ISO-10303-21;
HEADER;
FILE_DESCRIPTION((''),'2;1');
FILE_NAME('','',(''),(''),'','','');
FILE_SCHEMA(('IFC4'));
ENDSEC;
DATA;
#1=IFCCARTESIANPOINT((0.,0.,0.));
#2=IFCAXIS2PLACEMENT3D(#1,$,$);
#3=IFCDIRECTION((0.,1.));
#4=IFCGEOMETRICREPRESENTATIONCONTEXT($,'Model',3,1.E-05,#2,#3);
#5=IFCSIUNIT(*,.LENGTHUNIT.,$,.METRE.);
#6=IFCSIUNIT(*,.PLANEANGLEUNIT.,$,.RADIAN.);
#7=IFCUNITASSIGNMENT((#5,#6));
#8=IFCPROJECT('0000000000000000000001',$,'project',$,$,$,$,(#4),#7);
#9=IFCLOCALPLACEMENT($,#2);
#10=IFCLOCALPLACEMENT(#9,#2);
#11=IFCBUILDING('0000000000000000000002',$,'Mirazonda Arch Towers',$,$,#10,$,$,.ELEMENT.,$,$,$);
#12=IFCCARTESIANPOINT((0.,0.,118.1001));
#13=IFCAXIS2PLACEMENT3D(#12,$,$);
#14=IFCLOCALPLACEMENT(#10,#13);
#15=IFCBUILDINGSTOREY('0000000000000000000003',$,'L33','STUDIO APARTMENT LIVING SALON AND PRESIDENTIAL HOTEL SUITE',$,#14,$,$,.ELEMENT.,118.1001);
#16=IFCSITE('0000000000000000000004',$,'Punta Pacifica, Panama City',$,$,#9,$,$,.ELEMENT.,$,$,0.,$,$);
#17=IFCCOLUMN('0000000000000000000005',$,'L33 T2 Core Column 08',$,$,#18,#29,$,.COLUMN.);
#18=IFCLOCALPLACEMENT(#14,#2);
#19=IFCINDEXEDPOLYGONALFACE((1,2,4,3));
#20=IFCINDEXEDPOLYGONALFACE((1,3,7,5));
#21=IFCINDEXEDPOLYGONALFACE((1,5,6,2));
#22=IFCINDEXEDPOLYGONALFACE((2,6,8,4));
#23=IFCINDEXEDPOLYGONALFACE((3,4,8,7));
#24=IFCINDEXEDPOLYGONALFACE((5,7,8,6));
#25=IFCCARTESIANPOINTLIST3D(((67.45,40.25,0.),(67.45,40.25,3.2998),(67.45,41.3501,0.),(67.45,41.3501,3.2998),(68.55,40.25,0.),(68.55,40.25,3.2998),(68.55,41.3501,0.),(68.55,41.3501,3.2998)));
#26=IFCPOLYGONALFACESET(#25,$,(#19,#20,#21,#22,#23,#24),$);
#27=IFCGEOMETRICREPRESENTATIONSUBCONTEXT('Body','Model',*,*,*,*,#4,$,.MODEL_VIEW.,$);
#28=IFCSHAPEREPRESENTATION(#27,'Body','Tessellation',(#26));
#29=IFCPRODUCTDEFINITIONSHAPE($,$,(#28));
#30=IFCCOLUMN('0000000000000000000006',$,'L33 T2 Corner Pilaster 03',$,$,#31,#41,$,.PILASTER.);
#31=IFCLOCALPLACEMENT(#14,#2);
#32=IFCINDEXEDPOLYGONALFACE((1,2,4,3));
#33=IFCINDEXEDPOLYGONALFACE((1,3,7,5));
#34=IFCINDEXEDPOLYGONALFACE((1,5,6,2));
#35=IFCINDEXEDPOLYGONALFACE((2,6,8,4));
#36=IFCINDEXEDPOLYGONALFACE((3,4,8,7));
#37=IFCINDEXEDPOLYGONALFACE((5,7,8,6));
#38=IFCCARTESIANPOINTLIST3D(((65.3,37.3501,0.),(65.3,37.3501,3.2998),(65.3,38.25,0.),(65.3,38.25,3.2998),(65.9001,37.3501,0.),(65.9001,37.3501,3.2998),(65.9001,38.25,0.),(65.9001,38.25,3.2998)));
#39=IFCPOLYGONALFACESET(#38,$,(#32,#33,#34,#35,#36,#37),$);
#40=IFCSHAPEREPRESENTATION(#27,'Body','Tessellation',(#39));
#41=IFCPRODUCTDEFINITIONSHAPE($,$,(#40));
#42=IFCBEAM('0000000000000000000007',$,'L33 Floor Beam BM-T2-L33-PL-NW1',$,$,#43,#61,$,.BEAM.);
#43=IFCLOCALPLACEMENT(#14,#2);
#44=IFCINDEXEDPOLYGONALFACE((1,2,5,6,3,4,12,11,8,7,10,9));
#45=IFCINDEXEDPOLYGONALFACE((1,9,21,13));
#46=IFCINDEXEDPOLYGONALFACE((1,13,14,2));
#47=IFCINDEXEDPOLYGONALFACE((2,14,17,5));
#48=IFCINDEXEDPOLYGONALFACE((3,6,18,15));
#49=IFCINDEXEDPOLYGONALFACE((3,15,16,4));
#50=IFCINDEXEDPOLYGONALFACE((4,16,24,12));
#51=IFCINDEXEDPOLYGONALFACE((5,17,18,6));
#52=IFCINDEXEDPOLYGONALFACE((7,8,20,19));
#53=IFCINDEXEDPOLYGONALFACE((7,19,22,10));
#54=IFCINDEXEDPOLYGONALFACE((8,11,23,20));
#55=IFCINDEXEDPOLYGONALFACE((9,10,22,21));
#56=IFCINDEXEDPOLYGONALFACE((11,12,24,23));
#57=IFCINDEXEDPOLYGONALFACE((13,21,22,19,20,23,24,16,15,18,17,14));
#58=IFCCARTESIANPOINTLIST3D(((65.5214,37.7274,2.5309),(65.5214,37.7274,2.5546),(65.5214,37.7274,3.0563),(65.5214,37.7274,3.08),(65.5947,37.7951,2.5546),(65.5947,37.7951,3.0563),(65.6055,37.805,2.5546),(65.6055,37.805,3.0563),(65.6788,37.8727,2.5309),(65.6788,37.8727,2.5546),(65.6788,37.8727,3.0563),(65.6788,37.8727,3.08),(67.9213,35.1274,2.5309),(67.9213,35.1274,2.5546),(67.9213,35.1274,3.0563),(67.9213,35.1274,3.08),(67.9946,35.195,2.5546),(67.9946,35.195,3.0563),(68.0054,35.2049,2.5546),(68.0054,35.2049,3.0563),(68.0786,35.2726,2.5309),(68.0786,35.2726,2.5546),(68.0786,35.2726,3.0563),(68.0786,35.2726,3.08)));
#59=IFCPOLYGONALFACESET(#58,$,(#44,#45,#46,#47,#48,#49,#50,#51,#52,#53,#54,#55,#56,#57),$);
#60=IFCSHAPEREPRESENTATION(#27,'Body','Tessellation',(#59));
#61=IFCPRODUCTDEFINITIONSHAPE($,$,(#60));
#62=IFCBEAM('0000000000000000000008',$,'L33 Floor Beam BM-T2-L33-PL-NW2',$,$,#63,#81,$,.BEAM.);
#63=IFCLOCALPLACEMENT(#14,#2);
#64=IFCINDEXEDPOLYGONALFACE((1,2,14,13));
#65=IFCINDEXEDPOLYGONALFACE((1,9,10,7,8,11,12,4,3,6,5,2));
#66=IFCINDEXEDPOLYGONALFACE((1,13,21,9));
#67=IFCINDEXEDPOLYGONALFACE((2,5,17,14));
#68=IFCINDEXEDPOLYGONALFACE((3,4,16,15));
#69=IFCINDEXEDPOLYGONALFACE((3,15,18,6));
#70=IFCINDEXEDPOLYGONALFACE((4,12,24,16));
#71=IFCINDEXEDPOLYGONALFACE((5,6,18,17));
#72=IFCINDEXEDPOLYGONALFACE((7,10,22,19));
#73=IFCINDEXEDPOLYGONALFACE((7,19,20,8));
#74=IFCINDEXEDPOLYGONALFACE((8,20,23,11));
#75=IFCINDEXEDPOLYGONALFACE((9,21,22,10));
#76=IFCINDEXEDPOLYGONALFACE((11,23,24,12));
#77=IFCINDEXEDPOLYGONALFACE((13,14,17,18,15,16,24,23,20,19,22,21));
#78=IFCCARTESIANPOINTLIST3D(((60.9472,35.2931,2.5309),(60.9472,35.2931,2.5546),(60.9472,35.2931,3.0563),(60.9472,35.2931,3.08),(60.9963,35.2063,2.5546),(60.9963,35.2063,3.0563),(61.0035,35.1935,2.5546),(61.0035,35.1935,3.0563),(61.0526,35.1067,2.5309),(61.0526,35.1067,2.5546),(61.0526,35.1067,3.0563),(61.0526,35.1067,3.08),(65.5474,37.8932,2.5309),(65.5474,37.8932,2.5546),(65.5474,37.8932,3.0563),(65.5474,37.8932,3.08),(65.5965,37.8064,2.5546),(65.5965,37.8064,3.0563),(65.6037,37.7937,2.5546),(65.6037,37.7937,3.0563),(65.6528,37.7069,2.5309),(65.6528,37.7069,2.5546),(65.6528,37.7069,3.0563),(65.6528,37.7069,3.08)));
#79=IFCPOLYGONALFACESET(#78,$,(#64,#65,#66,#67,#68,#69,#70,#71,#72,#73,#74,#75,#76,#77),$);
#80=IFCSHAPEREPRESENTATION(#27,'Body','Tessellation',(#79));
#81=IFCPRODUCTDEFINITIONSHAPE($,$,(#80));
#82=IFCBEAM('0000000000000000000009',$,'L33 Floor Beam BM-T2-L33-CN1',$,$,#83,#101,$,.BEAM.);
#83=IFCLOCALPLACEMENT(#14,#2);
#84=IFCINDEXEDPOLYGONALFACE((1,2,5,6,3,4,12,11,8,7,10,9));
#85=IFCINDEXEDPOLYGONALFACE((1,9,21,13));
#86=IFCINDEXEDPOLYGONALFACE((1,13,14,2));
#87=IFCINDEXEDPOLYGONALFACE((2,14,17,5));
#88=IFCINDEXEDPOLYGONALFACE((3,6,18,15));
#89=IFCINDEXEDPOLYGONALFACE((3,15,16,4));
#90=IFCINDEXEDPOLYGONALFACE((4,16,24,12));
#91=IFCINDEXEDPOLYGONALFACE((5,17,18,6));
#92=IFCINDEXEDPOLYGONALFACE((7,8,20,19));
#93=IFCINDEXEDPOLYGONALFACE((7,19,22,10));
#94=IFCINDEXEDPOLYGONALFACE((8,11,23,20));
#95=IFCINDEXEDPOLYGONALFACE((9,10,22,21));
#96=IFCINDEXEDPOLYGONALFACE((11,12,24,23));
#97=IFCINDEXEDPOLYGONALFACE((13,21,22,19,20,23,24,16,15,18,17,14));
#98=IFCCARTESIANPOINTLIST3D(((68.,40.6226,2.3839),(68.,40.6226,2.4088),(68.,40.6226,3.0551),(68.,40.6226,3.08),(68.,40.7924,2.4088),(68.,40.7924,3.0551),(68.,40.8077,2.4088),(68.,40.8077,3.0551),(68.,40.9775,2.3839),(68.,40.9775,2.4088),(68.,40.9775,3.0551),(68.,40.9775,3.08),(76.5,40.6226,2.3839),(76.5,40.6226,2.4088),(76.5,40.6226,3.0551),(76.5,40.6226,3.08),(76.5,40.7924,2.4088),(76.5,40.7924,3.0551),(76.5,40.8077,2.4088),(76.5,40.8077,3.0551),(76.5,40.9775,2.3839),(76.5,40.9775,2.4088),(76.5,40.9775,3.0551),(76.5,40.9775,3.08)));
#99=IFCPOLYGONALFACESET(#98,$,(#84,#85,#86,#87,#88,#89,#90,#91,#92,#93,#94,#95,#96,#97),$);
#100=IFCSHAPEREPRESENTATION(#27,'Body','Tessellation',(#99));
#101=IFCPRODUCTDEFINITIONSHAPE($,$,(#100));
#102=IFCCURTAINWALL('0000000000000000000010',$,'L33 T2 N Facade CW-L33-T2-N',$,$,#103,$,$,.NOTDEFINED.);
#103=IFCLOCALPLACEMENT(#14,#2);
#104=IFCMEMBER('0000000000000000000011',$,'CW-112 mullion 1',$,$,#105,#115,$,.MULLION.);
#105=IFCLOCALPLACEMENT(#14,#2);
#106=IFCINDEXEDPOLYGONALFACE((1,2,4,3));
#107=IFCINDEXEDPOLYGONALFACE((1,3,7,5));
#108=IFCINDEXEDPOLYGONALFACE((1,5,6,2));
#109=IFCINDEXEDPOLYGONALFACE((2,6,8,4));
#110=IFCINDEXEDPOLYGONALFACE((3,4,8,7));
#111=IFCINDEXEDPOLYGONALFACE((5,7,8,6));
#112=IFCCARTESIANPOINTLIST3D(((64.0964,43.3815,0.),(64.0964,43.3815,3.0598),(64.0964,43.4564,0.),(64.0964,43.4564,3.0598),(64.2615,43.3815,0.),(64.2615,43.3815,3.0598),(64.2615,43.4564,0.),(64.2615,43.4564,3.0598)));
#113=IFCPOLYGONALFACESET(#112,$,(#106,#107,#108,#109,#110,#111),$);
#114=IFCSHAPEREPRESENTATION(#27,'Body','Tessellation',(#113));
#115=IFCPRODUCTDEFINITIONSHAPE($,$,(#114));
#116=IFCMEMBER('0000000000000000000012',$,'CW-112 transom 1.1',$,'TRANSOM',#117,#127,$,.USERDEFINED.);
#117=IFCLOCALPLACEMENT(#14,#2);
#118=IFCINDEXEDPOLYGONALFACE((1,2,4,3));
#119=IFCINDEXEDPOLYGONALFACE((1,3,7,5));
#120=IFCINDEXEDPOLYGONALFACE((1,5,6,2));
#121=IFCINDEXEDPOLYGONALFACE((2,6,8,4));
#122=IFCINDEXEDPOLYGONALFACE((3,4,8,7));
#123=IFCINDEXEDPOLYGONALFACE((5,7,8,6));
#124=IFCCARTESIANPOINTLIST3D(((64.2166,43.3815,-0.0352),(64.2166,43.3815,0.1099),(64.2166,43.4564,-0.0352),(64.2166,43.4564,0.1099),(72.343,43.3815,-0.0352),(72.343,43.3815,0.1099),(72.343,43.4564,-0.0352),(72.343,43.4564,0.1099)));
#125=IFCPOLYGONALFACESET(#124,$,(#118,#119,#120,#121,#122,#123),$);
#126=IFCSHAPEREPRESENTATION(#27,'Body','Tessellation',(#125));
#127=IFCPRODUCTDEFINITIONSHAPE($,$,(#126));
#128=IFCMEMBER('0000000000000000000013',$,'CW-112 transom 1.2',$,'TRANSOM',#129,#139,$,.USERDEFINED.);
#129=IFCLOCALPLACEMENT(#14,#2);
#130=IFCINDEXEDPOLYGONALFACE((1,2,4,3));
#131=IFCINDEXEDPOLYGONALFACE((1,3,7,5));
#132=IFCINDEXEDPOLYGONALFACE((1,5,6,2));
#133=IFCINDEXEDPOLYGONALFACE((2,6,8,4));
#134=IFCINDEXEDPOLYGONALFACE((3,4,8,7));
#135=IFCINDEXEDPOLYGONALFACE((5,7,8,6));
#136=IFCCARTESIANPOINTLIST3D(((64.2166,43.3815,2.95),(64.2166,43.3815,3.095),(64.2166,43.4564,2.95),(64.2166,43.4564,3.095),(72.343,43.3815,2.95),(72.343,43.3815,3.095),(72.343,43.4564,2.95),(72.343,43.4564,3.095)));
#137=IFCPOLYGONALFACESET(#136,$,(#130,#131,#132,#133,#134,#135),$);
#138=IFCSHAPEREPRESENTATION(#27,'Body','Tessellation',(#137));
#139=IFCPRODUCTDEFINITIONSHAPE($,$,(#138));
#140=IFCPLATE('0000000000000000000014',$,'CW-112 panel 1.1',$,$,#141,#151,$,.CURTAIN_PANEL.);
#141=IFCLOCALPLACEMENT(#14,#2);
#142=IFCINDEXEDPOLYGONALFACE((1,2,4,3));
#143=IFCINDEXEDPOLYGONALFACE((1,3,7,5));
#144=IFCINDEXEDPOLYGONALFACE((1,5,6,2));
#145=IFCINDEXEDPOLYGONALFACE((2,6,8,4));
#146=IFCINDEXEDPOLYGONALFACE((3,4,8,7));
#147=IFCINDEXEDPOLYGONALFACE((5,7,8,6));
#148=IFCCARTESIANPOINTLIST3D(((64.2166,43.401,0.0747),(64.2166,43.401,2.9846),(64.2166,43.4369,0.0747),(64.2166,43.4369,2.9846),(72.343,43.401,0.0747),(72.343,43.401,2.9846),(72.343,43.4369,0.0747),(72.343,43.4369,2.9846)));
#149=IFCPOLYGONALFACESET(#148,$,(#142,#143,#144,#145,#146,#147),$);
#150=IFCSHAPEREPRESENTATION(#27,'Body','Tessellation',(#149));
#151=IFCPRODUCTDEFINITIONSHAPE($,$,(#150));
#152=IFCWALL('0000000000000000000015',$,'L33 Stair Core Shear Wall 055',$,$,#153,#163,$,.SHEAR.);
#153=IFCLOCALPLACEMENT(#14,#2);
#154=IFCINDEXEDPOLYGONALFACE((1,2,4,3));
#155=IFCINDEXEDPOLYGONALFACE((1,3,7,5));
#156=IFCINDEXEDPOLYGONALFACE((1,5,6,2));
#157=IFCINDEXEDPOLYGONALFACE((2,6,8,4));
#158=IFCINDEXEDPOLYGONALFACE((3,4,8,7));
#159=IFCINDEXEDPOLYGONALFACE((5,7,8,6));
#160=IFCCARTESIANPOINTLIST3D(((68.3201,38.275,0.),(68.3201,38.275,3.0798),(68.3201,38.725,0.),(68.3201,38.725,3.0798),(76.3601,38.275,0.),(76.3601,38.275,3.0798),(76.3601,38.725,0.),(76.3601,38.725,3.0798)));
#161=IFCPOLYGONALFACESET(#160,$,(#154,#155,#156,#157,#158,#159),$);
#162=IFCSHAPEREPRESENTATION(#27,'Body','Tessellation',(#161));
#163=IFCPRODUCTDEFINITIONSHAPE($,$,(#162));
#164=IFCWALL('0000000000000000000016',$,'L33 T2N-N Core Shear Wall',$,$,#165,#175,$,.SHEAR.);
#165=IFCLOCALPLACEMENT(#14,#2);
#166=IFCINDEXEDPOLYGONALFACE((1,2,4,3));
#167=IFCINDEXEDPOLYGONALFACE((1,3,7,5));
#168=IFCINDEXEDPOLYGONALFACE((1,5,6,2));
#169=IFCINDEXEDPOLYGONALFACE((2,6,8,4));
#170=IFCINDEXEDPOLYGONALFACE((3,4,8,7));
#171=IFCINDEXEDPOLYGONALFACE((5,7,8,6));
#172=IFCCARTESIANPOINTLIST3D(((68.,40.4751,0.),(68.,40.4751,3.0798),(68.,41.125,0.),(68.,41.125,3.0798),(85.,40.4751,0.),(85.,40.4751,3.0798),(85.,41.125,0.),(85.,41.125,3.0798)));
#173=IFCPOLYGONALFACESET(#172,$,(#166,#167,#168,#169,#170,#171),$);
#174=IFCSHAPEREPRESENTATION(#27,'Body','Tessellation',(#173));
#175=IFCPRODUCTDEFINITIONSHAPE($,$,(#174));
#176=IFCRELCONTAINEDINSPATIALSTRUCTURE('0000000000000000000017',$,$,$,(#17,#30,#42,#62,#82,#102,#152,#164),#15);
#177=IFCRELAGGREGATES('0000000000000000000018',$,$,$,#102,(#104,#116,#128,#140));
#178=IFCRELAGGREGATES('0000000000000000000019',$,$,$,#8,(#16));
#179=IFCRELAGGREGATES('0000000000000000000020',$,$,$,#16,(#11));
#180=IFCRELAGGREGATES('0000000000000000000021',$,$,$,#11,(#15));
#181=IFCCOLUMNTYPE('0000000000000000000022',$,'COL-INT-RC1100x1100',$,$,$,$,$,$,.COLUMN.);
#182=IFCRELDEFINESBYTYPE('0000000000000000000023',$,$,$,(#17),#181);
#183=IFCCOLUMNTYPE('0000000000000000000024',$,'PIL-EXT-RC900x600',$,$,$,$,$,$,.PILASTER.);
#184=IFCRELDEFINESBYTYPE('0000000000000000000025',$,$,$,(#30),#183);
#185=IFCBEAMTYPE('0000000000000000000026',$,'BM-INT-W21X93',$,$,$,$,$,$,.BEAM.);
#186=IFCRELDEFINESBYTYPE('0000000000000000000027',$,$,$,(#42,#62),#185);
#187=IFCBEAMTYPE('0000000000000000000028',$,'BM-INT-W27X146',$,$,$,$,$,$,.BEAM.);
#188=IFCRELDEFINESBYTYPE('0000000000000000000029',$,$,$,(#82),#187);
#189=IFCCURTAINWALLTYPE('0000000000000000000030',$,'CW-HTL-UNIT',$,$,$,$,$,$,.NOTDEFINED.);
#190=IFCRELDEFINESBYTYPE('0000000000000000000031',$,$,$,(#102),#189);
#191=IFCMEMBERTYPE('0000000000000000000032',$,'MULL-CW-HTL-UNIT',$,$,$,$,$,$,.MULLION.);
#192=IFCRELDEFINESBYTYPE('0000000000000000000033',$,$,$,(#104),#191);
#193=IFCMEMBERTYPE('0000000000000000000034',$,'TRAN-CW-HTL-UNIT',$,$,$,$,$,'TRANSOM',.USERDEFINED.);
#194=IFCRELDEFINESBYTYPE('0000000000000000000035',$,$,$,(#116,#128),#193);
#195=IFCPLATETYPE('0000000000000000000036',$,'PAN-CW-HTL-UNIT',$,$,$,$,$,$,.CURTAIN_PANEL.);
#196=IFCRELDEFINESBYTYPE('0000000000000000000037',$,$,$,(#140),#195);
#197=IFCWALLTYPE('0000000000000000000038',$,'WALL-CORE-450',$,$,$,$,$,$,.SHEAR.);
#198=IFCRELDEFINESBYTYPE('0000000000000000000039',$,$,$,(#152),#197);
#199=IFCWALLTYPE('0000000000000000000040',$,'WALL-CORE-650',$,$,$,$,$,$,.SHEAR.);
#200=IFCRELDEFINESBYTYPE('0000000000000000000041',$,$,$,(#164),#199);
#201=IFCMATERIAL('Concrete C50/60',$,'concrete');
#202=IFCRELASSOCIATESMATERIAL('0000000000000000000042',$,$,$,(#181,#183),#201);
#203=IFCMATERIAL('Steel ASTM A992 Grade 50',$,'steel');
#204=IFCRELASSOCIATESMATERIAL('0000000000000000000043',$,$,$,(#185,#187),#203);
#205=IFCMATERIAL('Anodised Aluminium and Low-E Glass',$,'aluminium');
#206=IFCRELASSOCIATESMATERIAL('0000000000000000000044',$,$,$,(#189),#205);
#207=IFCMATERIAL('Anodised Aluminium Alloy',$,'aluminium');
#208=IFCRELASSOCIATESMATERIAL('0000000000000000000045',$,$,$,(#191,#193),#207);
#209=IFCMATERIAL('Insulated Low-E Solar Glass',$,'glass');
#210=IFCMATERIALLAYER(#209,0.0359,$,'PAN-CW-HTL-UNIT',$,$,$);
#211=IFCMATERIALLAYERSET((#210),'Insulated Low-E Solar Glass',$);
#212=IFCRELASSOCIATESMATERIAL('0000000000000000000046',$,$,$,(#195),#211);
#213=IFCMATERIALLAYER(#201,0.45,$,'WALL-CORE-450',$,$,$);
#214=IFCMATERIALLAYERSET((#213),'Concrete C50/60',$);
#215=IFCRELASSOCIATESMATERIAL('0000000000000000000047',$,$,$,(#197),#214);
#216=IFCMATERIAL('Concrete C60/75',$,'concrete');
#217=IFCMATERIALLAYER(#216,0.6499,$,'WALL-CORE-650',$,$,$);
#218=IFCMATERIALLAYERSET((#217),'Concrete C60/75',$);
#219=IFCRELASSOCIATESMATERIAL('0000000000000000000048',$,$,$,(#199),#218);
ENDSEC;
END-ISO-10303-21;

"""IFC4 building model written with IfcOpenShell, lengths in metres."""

from ifc_helpers import new_model, si_unit, direction, frame, frame_2d, origin, origin_2d, place, context, subcontext, project, spatial, rectangle, i_section, extrude, material, layer, layer_set, material_profile, profile_set, type_object, element, aggregate, save


model = new_model("IFC4")

# Units and contexts
model_context = context("Model", 3, precision=1e-05, world=origin(), true_north=direction((0.0, 1.0)))
body_context = subcontext(model_context, "Body", "Model", "MODEL_VIEW")
ifc_project = project(units=[si_unit("LENGTHUNIT", "METRE"), si_unit("PLANEANGLEUNIT", "RADIAN")], contexts=[model_context])

# Site, building, storey
site_placement = place(None, origin())
site = spatial("IfcSite", under=ifc_project, at=site_placement, Name="Punta Pacifica, Panama City", CompositionType="ELEMENT", RefElevation=0.0)
building_placement = place(site_placement, origin())
building = spatial("IfcBuilding", under=site, at=building_placement, Name="Mirazonda Arch Towers", CompositionType="ELEMENT")
storey_placement = place(building_placement, frame((0.0, 0.0, 118.1001)))
storey = spatial("IfcBuildingStorey", under=building, at=storey_placement, Name="L33", Description="STUDIO APARTMENT LIVING SALON AND PRESIDENTIAL HOTEL SUITE", CompositionType="ELEMENT", Elevation=118.1001)

# Columns
ifc_material_1 = material(Name="Concrete C50/60", Category="concrete")
ifc_material_profile_1 = material_profile(ifc_material_1, rectangle(XDim=1.1001, YDim=1.1001, at=origin_2d()), Name="RC1100x1100")
ifc_profile_set_1 = profile_set([ifc_material_profile_1], Name="Concrete C50/60")
column_type_1 = type_object("IfcColumnType", Name="COL-INT-RC1100x1100", PredefinedType="COLUMN", material=ifc_profile_set_1)
column_1_placement = place(storey_placement, frame((68.0, 40.8, 0.0), z_axis=(0.0, 0.0, 1.0), x_axis=(1.0, 0.0, 0.0)))
element("IfcColumn", 1, at=column_1_placement, inside=storey, type_object=column_type_1, Name="L33 T2 Core Column 08", PredefinedType="COLUMN", context=body_context, shape_type="SweptSolid", body=[
    extrude(rectangle(XDim=1.1001, YDim=1.1001, at=origin_2d()), origin(), (0.0, 0.0, 1.0), 3.2998),
])
ifc_material_profile_2 = material_profile(ifc_material_1, rectangle(XDim=0.6001, YDim=0.8999, at=origin_2d()), Name="RC900x600")
ifc_profile_set_2 = profile_set([ifc_material_profile_2], Name="Concrete C50/60")
column_type_2 = type_object("IfcColumnType", Name="PIL-EXT-RC900x600", PredefinedType="PILASTER", material=ifc_profile_set_2)
column_2_placement = place(storey_placement, frame((65.6001, 37.8, 0.0), z_axis=(0.0, 0.0, 1.0), x_axis=(1.0, 0.0, 0.0)))
element("IfcColumn", 2, at=column_2_placement, inside=storey, type_object=column_type_2, Name="L33 T2 Corner Pilaster 03", PredefinedType="PILASTER", context=body_context, shape_type="SweptSolid", body=[
    extrude(rectangle(XDim=0.6001, YDim=0.8999, at=origin_2d()), origin(), (0.0, 0.0, 1.0), 3.2998),
])

# Beams
ifc_material_2 = material(Name="Steel ASTM A992 Grade 50", Category="steel")
ifc_material_profile_3 = material_profile(ifc_material_2, i_section(OverallWidth=0.2141, OverallDepth=0.5491, WebThickness=0.0146, FlangeThickness=0.0237, at=origin_2d()), Name="W21X93")
ifc_profile_set_3 = profile_set([ifc_material_profile_3], Name="Steel ASTM A992 Grade 50")
beam_type_1 = type_object("IfcBeamType", Name="BM-INT-W21X93", PredefinedType="BEAM", material=ifc_profile_set_3)
beam_1_placement = place(storey_placement, frame((65.6001, 37.8, 2.8054), z_axis=(0.678251, -0.73483, 0.0), x_axis=(0.73483, 0.678251, 0.0)))
element("IfcBeam", 3, at=beam_1_placement, inside=storey, type_object=beam_type_1, Name="L33 Floor Beam BM-T2-L33-PL-NW1", PredefinedType="BEAM", context=body_context, shape_type="SweptSolid", body=[
    extrude(i_section(OverallWidth=0.2141, OverallDepth=0.5491, WebThickness=0.0146, FlangeThickness=0.0237, at=origin_2d()), origin(), (0.0, 0.0, 1.0), 3.5383),
])
beam_2_placement = place(storey_placement, frame((65.6001, 37.8, 2.8054), z_axis=(-0.870559, -0.492063, 0.0), x_axis=(0.492063, -0.870559, 0.0)))
element("IfcBeam", 4, at=beam_2_placement, inside=storey, type_object=beam_type_1, Name="L33 Floor Beam BM-T2-L33-PL-NW2", PredefinedType="BEAM", context=body_context, shape_type="SweptSolid", body=[
    extrude(i_section(OverallWidth=0.2141, OverallDepth=0.5491, WebThickness=0.0146, FlangeThickness=0.0237, at=origin_2d()), origin(), (0.0, 0.0, 1.0), 5.2842),
])
ifc_material_profile_4 = material_profile(ifc_material_2, i_section(OverallWidth=0.355, OverallDepth=0.696, WebThickness=0.0154, FlangeThickness=0.0249, at=origin_2d()), Name="W27X146")
ifc_profile_set_4 = profile_set([ifc_material_profile_4], Name="Steel ASTM A992 Grade 50")
beam_type_2 = type_object("IfcBeamType", Name="BM-INT-W27X146", PredefinedType="BEAM", material=ifc_profile_set_4)
beam_3_placement = place(storey_placement, frame((68.0, 40.8, 2.7319), z_axis=(1.0, 0.0, 0.0), x_axis=(0.0, 1.0, 0.0)))
element("IfcBeam", 5, at=beam_3_placement, inside=storey, type_object=beam_type_2, Name="L33 Floor Beam BM-T2-L33-CN1", PredefinedType="BEAM", context=body_context, shape_type="SweptSolid", body=[
    extrude(i_section(OverallWidth=0.355, OverallDepth=0.696, WebThickness=0.0154, FlangeThickness=0.0249, at=origin_2d()), origin(), (0.0, 0.0, 1.0), 8.5),
])

# Curtain wall, members, plate
ifc_material_3 = material(Name="Anodised Aluminium and Low-E Glass", Category="aluminium")
curtain_wall_type = type_object("IfcCurtainWallType", Name="CW-HTL-UNIT", PredefinedType="NOTDEFINED", material=ifc_material_3)
curtain_wall_placement = place(storey_placement, origin())
curtain_wall = element("IfcCurtainWall", 6, at=curtain_wall_placement, inside=storey, type_object=curtain_wall_type, Name="L33 T2 N Facade CW-L33-T2-N", PredefinedType="NOTDEFINED")
ifc_material_4 = material(Name="Anodised Aluminium Alloy", Category="aluminium")
ifc_material_profile_5 = material_profile(ifc_material_4, rectangle(XDim=0.075, YDim=0.165, at=origin_2d()), Name="ALU-MULL-75x165")
ifc_profile_set_5 = profile_set([ifc_material_profile_5], Name="Anodised Aluminium Alloy")
member_type_1 = type_object("IfcMemberType", Name="MULL-CW-HTL-UNIT", PredefinedType="MULLION", material=ifc_profile_set_5)
member_1_placement = place(storey_placement, frame((64.179, 43.4189, 0.0), z_axis=(0.0, 0.0, 1.0), x_axis=(0.0, 1.0, 0.0)))
member_1 = element("IfcMember", 7, at=member_1_placement, type_object=member_type_1, Name="CW-112 mullion 1", PredefinedType="MULLION", context=body_context, shape_type="SweptSolid", body=[
    extrude(rectangle(XDim=0.075, YDim=0.165, at=origin_2d()), origin(), (0.0, 0.0, 1.0), 3.0598),
])
ifc_material_profile_6 = material_profile(ifc_material_4, rectangle(XDim=0.075, YDim=0.145, at=origin_2d()), Name="ALU-TRAN-75x145")
ifc_profile_set_6 = profile_set([ifc_material_profile_6], Name="Anodised Aluminium Alloy")
member_type_2 = type_object("IfcMemberType", Name="TRAN-CW-HTL-UNIT", ElementType="TRANSOM", PredefinedType="USERDEFINED", material=ifc_profile_set_6)
member_2_placement = place(storey_placement, frame((64.2166, 43.4189, 0.0374), z_axis=(1.0, 0.0, 0.0), x_axis=(0.0, 1.0, 0.0)))
member_2 = element("IfcMember", 8, at=member_2_placement, type_object=member_type_2, Name="CW-112 transom 1.1", ObjectType="TRANSOM", PredefinedType="USERDEFINED", context=body_context, shape_type="SweptSolid", body=[
    extrude(rectangle(XDim=0.075, YDim=0.145, at=origin_2d()), origin(), (0.0, 0.0, 1.0), 8.1265),
])
member_3_placement = place(storey_placement, frame((64.2166, 43.4189, 3.0225), z_axis=(1.0, 0.0, 0.0), x_axis=(0.0, 1.0, 0.0)))
member_3 = element("IfcMember", 9, at=member_3_placement, type_object=member_type_2, Name="CW-112 transom 1.2", ObjectType="TRANSOM", PredefinedType="USERDEFINED", context=body_context, shape_type="SweptSolid", body=[
    extrude(rectangle(XDim=0.075, YDim=0.145, at=origin_2d()), origin(), (0.0, 0.0, 1.0), 8.1265),
])
ifc_material_5 = material(Name="Insulated Low-E Solar Glass", Category="glass")
ifc_layer_1 = layer(ifc_material_5, 0.0359, Name="PAN-CW-HTL-UNIT")
ifc_layer_set_1 = layer_set([ifc_layer_1], Name="Insulated Low-E Solar Glass")
plate_type = type_object("IfcPlateType", Name="PAN-CW-HTL-UNIT", PredefinedType="CURTAIN_PANEL", material=ifc_layer_set_1)
plate_placement = place(storey_placement, frame((68.2798, 43.4189, 0.0747), z_axis=(0.0, 0.0, 1.0), x_axis=(1.0, 0.0, 0.0)))
plate = element("IfcPlate", 10, at=plate_placement, type_object=plate_type, Name="CW-112 panel 1.1", PredefinedType="CURTAIN_PANEL", context=body_context, shape_type="SweptSolid", body=[
    extrude(rectangle(XDim=8.1265, YDim=0.0359, at=origin_2d()), origin(), (0.0, 0.0, 1.0), 2.9099),
])
aggregate(curtain_wall, [member_1, member_2, member_3, plate])

# Walls
ifc_layer_2 = layer(ifc_material_1, 0.45, Name="WALL-CORE-450")
ifc_layer_set_2 = layer_set([ifc_layer_2], Name="Concrete C50/60")
wall_type_1 = type_object("IfcWallType", Name="WALL-CORE-450", PredefinedType="SHEAR", material=ifc_layer_set_2)
wall_1_placement = place(storey_placement, frame((68.3201, 38.5, 0.0), z_axis=(0.0, 0.0, 1.0), x_axis=(1.0, 0.0, 0.0)))
element("IfcWall", 11, at=wall_1_placement, inside=storey, type_object=wall_type_1, Name="L33 Stair Core Shear Wall 055", PredefinedType="SHEAR", context=body_context, shape_type="SweptSolid", body=[
    extrude(rectangle(XDim=8.04, YDim=0.45, at=frame_2d((4.02, 0.0))), origin(), (0.0, 0.0, 1.0), 3.0798),
])
ifc_material_6 = material(Name="Concrete C60/75", Category="concrete")
ifc_layer_3 = layer(ifc_material_6, 0.6499, Name="WALL-CORE-650")
ifc_layer_set_3 = layer_set([ifc_layer_3], Name="Concrete C60/75")
wall_type_2 = type_object("IfcWallType", Name="WALL-CORE-650", PredefinedType="SHEAR", material=ifc_layer_set_3)
wall_2_placement = place(storey_placement, frame((68.0, 40.8, 0.0), z_axis=(0.0, 0.0, 1.0), x_axis=(1.0, 0.0, 0.0)))
element("IfcWall", 12, at=wall_2_placement, inside=storey, type_object=wall_type_2, Name="L33 T2N-N Core Shear Wall", PredefinedType="SHEAR", context=body_context, shape_type="SweptSolid", body=[
    extrude(rectangle(XDim=17.0, YDim=0.6499, at=frame_2d((8.5, 0.0))), origin(), (0.0, 0.0, 1.0), 3.0798),
])

save(model, "model.ifc")
